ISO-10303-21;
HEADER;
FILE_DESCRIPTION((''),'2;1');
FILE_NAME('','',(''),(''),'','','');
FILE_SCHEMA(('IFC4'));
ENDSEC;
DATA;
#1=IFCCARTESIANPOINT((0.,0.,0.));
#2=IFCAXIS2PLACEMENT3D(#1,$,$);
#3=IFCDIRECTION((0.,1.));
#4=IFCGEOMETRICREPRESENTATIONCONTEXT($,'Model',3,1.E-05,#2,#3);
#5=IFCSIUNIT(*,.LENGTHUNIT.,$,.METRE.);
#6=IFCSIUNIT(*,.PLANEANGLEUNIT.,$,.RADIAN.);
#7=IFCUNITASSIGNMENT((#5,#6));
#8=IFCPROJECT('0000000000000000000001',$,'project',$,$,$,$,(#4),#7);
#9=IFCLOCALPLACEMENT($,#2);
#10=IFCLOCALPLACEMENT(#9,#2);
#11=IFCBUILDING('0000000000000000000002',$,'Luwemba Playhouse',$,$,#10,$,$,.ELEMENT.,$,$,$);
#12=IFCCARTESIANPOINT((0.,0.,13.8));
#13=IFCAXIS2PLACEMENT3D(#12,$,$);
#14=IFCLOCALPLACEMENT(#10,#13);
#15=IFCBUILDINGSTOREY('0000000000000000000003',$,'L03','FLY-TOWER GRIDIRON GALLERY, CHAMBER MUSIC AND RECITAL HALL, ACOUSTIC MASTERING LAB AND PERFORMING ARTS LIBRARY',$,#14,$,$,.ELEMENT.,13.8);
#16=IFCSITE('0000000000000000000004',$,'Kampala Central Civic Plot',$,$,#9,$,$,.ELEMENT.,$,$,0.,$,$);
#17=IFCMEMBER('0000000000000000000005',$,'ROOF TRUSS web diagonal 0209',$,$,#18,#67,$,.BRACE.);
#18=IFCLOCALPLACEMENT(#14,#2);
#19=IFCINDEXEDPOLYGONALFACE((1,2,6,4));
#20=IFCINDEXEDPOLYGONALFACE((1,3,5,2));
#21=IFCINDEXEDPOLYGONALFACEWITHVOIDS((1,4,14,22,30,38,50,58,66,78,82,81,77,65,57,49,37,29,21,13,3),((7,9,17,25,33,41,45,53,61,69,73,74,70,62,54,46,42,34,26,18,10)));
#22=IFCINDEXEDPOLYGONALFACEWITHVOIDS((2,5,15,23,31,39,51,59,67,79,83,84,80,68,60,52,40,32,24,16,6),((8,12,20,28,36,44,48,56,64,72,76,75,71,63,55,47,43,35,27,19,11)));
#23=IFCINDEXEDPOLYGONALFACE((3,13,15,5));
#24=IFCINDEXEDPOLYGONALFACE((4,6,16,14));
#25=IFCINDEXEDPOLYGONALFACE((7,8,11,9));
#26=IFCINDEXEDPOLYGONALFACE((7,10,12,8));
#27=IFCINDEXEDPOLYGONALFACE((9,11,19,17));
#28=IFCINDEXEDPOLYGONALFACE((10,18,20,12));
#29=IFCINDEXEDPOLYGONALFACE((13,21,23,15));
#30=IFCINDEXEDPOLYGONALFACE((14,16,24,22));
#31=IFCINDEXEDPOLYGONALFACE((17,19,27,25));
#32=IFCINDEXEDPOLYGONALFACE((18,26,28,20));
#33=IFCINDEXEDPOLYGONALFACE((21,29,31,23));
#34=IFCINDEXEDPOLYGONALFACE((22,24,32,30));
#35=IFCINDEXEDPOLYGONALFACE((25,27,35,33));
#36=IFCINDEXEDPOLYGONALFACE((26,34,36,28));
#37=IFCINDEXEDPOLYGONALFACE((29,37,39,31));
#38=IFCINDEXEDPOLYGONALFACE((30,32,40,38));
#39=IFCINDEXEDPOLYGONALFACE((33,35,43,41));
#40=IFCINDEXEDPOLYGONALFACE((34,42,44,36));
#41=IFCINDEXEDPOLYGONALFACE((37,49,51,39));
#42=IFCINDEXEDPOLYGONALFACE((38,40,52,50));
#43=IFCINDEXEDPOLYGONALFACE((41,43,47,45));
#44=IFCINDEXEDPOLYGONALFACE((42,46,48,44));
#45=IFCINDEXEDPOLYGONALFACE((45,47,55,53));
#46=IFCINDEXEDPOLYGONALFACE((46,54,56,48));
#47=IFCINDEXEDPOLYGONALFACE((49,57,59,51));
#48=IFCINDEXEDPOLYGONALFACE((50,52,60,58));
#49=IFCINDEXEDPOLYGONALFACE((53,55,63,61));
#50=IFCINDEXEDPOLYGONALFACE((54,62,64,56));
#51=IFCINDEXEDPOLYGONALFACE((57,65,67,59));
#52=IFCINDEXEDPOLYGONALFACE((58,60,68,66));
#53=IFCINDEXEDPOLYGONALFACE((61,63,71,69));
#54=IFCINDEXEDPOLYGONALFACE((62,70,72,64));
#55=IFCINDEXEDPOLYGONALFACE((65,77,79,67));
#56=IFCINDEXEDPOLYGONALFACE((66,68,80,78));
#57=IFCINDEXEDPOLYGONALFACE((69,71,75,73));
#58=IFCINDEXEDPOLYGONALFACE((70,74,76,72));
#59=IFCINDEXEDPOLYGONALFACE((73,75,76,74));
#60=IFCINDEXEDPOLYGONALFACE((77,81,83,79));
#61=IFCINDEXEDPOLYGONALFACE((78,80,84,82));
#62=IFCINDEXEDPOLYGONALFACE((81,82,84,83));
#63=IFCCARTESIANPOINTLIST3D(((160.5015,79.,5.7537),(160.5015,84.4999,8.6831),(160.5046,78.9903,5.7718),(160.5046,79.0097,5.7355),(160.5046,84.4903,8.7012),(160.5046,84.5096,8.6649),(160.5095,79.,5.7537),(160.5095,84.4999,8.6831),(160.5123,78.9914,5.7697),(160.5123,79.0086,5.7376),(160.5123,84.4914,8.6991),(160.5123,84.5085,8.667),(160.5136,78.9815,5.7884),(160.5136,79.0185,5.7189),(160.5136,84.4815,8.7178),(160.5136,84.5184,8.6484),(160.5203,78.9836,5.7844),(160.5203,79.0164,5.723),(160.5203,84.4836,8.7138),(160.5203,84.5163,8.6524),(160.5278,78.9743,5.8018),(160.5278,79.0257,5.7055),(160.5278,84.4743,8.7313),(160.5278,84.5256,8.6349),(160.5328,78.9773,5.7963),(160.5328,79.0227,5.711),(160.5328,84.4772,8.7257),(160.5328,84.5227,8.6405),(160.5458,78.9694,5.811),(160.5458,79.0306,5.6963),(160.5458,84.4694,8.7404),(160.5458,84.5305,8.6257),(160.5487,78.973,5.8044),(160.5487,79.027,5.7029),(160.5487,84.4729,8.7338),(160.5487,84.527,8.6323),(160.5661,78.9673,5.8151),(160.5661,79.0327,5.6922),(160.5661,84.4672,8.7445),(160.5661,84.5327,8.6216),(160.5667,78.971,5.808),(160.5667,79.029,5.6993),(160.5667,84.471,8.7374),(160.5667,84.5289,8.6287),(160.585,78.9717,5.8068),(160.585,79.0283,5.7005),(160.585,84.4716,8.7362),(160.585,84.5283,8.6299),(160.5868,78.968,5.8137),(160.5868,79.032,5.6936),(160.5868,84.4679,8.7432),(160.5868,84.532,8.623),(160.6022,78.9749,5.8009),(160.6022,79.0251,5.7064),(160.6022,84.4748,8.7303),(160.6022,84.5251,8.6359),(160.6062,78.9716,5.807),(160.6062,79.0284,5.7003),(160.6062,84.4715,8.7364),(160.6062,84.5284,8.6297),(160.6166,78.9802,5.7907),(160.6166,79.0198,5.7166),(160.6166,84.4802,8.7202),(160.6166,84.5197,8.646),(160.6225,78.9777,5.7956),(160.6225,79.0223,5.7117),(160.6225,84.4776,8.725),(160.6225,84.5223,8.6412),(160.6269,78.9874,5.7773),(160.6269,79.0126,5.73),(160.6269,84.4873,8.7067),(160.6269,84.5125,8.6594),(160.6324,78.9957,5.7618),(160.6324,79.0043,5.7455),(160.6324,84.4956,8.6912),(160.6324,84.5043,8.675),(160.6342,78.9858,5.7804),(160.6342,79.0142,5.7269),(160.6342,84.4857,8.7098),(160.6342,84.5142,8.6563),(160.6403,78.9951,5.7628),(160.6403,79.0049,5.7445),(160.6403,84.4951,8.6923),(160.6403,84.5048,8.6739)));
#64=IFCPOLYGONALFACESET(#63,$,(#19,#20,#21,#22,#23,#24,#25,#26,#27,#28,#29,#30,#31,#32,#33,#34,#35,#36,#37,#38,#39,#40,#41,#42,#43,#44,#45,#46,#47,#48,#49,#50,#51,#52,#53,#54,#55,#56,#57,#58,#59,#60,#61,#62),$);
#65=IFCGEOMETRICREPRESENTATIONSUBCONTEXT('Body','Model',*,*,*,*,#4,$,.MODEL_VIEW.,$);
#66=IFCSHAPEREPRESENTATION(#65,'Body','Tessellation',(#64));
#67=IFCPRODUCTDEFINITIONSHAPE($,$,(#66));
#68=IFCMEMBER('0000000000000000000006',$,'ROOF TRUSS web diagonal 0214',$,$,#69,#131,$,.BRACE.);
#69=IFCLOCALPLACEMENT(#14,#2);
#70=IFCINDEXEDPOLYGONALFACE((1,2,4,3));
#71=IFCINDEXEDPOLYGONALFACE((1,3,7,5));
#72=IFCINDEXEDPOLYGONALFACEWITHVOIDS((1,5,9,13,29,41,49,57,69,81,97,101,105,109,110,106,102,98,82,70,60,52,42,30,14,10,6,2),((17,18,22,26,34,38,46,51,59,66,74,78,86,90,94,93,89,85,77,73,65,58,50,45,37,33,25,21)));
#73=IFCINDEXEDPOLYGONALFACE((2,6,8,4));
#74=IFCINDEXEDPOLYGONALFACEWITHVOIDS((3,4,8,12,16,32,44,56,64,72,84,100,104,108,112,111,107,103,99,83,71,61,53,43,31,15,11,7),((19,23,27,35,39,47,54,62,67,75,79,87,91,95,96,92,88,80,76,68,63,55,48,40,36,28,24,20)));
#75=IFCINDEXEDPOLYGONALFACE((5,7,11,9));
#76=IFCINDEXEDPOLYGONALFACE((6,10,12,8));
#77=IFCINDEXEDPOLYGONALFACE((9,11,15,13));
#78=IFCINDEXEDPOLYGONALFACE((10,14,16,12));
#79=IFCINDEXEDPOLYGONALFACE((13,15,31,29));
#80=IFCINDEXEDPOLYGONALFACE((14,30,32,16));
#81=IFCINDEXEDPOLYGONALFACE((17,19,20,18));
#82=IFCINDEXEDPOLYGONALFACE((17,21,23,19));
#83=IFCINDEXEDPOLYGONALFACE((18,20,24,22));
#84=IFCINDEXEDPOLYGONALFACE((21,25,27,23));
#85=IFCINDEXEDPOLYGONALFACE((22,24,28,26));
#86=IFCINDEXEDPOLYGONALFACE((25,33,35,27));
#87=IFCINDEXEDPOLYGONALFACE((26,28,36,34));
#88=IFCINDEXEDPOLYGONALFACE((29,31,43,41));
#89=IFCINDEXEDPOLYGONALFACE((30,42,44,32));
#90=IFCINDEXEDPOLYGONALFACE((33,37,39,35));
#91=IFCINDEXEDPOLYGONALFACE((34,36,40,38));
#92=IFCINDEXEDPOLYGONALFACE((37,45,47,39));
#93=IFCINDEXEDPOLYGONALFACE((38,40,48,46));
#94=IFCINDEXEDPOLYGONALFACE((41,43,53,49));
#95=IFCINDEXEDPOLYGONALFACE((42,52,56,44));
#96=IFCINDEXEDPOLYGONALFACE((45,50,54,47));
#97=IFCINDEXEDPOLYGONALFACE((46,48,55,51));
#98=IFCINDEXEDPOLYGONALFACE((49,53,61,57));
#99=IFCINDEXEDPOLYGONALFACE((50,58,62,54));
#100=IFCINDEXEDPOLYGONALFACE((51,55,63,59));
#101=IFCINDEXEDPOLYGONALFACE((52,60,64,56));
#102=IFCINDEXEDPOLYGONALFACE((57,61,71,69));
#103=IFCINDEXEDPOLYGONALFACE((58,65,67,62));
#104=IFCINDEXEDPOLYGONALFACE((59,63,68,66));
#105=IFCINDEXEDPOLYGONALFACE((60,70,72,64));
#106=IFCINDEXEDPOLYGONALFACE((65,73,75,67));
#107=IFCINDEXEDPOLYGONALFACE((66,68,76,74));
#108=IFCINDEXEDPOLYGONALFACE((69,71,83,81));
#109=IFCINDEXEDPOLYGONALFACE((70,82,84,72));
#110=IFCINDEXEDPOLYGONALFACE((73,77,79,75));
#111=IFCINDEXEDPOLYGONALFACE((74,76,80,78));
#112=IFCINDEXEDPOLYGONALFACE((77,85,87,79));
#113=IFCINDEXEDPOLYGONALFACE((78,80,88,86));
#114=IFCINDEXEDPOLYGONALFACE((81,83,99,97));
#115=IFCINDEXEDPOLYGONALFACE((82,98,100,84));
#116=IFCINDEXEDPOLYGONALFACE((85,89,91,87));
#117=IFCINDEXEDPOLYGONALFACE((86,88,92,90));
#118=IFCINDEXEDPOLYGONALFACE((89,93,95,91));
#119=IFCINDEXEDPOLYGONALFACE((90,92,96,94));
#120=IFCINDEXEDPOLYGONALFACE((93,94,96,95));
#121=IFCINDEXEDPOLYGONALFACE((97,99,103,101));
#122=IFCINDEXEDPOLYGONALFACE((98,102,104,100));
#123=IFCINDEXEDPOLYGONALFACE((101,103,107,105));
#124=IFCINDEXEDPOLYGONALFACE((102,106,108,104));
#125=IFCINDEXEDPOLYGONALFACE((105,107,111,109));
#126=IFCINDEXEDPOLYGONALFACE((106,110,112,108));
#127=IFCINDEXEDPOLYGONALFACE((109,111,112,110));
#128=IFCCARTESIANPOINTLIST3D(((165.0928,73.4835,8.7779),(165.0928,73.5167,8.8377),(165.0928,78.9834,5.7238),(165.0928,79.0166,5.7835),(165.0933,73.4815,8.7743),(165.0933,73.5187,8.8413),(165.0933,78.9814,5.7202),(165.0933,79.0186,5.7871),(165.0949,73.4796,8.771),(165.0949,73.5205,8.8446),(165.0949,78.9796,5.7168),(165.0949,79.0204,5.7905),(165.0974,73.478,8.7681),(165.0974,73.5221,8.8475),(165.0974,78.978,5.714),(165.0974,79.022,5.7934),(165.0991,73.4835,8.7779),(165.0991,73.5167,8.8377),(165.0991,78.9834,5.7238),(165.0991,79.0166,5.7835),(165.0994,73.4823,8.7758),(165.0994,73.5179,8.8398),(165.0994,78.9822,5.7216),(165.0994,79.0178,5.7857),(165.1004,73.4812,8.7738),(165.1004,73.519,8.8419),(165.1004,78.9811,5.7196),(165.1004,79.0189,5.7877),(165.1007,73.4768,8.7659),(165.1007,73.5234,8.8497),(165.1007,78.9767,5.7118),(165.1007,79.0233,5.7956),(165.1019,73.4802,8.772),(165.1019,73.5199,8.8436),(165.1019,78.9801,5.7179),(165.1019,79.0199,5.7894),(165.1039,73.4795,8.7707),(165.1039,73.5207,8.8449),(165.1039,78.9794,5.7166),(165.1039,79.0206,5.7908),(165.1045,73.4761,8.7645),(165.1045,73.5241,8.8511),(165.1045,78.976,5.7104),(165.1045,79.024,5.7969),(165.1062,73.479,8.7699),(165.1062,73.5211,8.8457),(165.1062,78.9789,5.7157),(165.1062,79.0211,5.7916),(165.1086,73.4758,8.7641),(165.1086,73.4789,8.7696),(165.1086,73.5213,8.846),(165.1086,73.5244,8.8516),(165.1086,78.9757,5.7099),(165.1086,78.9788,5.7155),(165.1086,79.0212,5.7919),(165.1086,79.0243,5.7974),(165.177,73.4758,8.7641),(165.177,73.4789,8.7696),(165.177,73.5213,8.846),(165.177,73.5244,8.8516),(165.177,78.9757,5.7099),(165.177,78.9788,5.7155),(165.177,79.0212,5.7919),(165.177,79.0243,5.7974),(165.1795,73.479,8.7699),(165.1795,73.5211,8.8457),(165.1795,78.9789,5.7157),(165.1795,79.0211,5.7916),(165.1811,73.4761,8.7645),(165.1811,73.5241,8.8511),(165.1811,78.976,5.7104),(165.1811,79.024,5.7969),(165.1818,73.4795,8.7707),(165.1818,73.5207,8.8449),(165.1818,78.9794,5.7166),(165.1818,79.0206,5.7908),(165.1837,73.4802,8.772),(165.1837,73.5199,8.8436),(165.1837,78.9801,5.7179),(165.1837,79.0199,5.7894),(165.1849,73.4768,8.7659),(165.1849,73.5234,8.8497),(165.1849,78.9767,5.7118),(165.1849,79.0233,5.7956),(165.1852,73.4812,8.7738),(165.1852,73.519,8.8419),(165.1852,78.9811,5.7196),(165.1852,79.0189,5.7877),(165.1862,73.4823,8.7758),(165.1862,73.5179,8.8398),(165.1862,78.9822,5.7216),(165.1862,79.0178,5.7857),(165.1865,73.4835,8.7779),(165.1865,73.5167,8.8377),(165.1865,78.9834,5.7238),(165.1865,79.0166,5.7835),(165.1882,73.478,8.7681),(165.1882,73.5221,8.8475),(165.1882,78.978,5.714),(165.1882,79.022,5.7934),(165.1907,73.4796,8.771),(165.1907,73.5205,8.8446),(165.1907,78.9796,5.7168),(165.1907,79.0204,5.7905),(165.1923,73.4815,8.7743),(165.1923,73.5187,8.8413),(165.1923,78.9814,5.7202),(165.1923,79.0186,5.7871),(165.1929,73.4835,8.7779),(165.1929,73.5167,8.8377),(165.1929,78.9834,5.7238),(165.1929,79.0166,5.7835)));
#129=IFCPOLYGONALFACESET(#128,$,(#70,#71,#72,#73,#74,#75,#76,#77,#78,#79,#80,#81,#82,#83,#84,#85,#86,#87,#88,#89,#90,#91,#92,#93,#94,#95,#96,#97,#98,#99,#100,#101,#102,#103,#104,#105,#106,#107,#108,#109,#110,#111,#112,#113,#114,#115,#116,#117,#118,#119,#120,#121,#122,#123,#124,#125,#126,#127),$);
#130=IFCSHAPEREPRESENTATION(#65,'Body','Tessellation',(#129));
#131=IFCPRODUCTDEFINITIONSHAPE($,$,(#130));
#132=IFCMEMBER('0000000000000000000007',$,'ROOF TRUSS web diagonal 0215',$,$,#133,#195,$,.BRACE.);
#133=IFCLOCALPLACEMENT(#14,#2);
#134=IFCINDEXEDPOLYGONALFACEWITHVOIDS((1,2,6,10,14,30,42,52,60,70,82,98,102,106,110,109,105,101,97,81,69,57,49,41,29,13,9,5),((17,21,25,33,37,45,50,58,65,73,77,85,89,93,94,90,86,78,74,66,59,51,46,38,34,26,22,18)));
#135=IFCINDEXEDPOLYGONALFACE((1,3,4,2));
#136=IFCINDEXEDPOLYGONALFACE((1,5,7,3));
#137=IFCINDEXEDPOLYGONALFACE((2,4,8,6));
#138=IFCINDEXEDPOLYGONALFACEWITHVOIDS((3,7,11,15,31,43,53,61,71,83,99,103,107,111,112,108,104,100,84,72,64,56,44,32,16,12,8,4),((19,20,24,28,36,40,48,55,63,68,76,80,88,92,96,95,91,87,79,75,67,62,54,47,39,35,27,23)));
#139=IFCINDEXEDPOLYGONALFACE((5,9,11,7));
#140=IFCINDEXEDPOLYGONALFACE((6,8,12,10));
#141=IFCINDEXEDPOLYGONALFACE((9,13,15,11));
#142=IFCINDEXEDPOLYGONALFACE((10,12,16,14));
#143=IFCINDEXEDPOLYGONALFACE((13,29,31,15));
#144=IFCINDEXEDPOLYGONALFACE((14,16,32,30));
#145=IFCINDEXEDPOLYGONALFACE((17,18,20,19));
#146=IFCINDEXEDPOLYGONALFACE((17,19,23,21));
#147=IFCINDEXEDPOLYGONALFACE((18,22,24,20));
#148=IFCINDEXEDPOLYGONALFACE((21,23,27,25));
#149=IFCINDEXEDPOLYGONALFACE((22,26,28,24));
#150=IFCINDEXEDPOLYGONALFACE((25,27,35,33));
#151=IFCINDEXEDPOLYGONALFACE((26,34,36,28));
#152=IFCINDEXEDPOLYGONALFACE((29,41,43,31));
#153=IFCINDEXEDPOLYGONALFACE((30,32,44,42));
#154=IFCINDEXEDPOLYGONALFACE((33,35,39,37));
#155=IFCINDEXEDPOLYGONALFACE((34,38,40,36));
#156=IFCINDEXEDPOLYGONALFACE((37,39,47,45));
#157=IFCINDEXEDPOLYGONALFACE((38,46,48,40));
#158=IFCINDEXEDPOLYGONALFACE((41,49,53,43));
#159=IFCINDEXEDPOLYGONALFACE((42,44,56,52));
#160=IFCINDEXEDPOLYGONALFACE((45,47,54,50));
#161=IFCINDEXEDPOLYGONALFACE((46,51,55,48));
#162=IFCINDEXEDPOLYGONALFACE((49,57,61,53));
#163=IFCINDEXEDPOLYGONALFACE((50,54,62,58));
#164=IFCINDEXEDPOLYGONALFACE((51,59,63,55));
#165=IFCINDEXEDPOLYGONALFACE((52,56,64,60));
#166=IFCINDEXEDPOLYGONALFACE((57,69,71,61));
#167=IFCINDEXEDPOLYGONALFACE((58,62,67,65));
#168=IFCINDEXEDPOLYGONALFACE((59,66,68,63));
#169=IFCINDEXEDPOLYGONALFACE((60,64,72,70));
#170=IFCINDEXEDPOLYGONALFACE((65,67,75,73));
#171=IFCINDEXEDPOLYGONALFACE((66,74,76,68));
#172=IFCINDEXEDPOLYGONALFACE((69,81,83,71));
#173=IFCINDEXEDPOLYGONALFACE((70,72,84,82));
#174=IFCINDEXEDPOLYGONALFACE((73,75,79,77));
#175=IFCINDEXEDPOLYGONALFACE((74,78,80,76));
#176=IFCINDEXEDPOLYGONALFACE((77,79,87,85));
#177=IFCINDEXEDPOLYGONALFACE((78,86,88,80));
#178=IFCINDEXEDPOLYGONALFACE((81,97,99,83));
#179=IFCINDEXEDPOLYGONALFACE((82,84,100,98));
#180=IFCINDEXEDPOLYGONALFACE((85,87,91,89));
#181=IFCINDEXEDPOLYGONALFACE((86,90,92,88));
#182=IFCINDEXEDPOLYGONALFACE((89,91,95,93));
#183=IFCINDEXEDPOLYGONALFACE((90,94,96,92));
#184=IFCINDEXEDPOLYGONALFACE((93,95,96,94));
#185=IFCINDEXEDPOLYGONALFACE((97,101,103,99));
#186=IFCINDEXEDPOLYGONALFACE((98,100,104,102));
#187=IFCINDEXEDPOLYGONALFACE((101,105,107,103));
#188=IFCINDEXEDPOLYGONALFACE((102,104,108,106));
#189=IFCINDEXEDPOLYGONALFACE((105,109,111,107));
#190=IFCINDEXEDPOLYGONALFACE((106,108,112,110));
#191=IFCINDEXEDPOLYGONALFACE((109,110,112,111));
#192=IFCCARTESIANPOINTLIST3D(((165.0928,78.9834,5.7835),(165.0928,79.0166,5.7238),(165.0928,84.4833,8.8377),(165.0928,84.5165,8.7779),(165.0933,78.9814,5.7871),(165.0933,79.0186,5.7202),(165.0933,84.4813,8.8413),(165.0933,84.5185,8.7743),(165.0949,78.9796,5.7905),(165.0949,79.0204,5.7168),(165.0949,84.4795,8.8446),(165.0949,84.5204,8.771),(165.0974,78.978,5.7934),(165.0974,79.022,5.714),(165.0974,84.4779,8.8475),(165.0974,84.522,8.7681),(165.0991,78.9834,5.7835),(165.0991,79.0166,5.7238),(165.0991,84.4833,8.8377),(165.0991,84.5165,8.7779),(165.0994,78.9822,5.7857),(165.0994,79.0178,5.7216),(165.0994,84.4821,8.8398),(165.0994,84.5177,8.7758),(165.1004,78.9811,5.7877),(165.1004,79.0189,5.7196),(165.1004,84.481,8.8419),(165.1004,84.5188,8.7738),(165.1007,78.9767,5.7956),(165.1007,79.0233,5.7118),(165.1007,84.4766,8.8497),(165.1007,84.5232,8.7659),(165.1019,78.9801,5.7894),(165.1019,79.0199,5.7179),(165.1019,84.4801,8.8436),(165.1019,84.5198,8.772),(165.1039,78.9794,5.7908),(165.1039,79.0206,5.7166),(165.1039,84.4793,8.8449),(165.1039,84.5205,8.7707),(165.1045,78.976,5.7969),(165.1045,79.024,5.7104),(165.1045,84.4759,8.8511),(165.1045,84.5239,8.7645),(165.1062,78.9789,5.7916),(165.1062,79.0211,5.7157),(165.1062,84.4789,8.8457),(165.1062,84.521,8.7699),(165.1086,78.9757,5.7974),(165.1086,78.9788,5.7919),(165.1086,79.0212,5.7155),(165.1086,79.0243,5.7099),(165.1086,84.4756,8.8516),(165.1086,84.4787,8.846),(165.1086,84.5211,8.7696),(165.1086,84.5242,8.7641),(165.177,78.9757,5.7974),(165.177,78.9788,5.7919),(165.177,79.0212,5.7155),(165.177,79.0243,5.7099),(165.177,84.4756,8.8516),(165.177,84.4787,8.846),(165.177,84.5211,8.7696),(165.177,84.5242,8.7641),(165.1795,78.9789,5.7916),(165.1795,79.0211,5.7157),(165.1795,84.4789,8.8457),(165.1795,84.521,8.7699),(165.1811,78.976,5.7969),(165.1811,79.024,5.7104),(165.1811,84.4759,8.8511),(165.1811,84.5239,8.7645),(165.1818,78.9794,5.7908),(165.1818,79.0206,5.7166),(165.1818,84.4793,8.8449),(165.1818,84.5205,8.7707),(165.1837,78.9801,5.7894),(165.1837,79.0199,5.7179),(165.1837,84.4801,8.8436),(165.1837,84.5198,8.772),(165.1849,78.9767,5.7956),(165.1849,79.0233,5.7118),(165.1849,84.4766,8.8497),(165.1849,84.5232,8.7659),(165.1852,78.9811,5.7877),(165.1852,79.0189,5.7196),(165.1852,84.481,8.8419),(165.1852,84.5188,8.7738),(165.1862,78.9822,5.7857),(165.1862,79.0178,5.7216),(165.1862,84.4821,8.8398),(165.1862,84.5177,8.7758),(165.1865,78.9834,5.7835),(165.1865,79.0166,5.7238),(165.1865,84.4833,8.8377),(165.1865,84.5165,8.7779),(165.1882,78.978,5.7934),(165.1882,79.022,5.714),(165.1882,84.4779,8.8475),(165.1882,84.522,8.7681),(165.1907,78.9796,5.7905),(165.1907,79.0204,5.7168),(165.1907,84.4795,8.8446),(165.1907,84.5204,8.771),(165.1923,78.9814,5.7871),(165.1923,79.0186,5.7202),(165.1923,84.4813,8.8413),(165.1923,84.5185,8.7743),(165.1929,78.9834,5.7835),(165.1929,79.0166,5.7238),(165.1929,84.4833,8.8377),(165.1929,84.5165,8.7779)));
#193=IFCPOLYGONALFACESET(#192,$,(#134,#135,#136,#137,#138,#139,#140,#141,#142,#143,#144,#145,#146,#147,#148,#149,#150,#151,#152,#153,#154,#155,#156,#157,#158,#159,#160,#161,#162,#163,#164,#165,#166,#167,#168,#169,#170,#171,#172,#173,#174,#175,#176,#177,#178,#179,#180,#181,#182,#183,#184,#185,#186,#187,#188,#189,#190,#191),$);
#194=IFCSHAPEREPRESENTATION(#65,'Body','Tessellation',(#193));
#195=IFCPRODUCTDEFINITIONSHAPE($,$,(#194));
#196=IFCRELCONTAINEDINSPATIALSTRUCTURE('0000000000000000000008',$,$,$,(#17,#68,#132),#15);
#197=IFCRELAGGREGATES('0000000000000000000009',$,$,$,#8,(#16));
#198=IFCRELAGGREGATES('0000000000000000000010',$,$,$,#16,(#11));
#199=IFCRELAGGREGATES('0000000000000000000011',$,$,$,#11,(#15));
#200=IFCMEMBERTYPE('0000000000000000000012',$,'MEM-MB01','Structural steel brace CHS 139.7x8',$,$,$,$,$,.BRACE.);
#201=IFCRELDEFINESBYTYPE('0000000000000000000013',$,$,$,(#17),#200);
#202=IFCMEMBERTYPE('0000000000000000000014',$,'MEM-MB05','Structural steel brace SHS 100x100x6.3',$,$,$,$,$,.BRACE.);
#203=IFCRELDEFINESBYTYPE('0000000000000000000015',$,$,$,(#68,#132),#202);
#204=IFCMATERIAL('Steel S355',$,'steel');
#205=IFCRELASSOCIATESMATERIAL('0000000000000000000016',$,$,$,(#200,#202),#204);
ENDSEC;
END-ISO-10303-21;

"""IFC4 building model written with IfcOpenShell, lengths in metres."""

from ifc_helpers import new_model, si_unit, direction, frame, origin, origin_2d, place, context, subcontext, project, spatial, hollow_rectangle, hollow_circle, extrude, material, material_profile, profile_set, type_object, element, save


model = new_model("IFC4")

# Units and contexts
model_context = context("Model", 3, precision=1e-05, world=origin(), true_north=direction((0.0, 1.0)))
body_context = subcontext(model_context, "Body", "Model", "MODEL_VIEW")
ifc_project = project(units=[si_unit("LENGTHUNIT", "METRE"), si_unit("PLANEANGLEUNIT", "RADIAN")], contexts=[model_context])

# Site, building, storey
site_placement = place(None, origin())
site = spatial("IfcSite", under=ifc_project, at=site_placement, Name="Kampala Central Civic Plot", CompositionType="ELEMENT", RefElevation=0.0)
building_placement = place(site_placement, origin())
building = spatial("IfcBuilding", under=site, at=building_placement, Name="Luwemba Playhouse", CompositionType="ELEMENT")
storey_placement = place(building_placement, frame((0.0, 0.0, 13.8)))
storey = spatial("IfcBuildingStorey", under=building, at=storey_placement, Name="L03", Description="FLY-TOWER GRIDIRON GALLERY, CHAMBER MUSIC AND RECITAL HALL, ACOUSTIC MASTERING LAB AND PERFORMING ARTS LIBRARY", CompositionType="ELEMENT", Elevation=13.8)

# Shared definitions
ifc_material_1 = material(Name="Steel S355", Category="steel")

# Members
ifc_material_profile_1 = material_profile(ifc_material_1, hollow_circle(Radius=0.0698, WallThickness=0.0081, at=origin_2d()))
ifc_profile_set_1 = profile_set([ifc_material_profile_1], Name="Steel S355")
member_type_1 = type_object("IfcMemberType", Name="MEM-MB01", Description="Structural steel brace CHS 139.7x8", PredefinedType="BRACE", material=ifc_profile_set_1)
for number, where, z_axis, x_axis, name in (
    (1, (160.5713, 79.0, 5.7537), (0.0, 0.882612, 0.470102), (-1.0, 0.0, 0.0), "ROOF TRUSS web diagonal 0209"),
):
    element("IfcMember", number, at=place(storey_placement, frame(where, z_axis=z_axis, x_axis=x_axis)), inside=storey, type_object=member_type_1, Name=name, PredefinedType="BRACE", context=body_context, shape_type="SweptSolid", body=[
        extrude(hollow_circle(Radius=0.0698, WallThickness=0.0081, at=origin_2d()), origin(), (0.0, 0.0, 1.0), 6.2314),
    ])
ifc_material_profile_2 = material_profile(ifc_material_1, hollow_rectangle(XDim=0.1001, YDim=0.1001, WallThickness=0.0063, InnerFilletRadius=0.0095, OuterFilletRadius=0.0159, at=origin_2d()))
ifc_profile_set_2 = profile_set([ifc_material_profile_2], Name="Steel S355")
member_type_2 = type_object("IfcMemberType", Name="MEM-MB05", Description="Structural steel brace SHS 100x100x6.3", PredefinedType="BRACE", material=ifc_profile_set_2)
for number, where, z_axis, x_axis, name in (
    (2, (165.1428, 79.0, 5.7537), (0.0, -0.874249, 0.485478), (1.0, 0.0, 0.0), "ROOF TRUSS web diagonal 0214"),
    (3, (165.1428, 79.0, 5.7537), (0.0, 0.874249, 0.485478), (-1.0, 0.0, 0.0), "ROOF TRUSS web diagonal 0215"),
):
    element("IfcMember", number, at=place(storey_placement, frame(where, z_axis=z_axis, x_axis=x_axis)), inside=storey, type_object=member_type_2, Name=name, PredefinedType="BRACE", context=body_context, shape_type="SweptSolid", body=[
        extrude(hollow_rectangle(XDim=0.1001, YDim=0.1001, WallThickness=0.0063, InnerFilletRadius=0.0095, OuterFilletRadius=0.0159, at=origin_2d()), origin(), (0.0, 0.0, 1.0), 6.291),
    ])

save(model, "model.ifc")
